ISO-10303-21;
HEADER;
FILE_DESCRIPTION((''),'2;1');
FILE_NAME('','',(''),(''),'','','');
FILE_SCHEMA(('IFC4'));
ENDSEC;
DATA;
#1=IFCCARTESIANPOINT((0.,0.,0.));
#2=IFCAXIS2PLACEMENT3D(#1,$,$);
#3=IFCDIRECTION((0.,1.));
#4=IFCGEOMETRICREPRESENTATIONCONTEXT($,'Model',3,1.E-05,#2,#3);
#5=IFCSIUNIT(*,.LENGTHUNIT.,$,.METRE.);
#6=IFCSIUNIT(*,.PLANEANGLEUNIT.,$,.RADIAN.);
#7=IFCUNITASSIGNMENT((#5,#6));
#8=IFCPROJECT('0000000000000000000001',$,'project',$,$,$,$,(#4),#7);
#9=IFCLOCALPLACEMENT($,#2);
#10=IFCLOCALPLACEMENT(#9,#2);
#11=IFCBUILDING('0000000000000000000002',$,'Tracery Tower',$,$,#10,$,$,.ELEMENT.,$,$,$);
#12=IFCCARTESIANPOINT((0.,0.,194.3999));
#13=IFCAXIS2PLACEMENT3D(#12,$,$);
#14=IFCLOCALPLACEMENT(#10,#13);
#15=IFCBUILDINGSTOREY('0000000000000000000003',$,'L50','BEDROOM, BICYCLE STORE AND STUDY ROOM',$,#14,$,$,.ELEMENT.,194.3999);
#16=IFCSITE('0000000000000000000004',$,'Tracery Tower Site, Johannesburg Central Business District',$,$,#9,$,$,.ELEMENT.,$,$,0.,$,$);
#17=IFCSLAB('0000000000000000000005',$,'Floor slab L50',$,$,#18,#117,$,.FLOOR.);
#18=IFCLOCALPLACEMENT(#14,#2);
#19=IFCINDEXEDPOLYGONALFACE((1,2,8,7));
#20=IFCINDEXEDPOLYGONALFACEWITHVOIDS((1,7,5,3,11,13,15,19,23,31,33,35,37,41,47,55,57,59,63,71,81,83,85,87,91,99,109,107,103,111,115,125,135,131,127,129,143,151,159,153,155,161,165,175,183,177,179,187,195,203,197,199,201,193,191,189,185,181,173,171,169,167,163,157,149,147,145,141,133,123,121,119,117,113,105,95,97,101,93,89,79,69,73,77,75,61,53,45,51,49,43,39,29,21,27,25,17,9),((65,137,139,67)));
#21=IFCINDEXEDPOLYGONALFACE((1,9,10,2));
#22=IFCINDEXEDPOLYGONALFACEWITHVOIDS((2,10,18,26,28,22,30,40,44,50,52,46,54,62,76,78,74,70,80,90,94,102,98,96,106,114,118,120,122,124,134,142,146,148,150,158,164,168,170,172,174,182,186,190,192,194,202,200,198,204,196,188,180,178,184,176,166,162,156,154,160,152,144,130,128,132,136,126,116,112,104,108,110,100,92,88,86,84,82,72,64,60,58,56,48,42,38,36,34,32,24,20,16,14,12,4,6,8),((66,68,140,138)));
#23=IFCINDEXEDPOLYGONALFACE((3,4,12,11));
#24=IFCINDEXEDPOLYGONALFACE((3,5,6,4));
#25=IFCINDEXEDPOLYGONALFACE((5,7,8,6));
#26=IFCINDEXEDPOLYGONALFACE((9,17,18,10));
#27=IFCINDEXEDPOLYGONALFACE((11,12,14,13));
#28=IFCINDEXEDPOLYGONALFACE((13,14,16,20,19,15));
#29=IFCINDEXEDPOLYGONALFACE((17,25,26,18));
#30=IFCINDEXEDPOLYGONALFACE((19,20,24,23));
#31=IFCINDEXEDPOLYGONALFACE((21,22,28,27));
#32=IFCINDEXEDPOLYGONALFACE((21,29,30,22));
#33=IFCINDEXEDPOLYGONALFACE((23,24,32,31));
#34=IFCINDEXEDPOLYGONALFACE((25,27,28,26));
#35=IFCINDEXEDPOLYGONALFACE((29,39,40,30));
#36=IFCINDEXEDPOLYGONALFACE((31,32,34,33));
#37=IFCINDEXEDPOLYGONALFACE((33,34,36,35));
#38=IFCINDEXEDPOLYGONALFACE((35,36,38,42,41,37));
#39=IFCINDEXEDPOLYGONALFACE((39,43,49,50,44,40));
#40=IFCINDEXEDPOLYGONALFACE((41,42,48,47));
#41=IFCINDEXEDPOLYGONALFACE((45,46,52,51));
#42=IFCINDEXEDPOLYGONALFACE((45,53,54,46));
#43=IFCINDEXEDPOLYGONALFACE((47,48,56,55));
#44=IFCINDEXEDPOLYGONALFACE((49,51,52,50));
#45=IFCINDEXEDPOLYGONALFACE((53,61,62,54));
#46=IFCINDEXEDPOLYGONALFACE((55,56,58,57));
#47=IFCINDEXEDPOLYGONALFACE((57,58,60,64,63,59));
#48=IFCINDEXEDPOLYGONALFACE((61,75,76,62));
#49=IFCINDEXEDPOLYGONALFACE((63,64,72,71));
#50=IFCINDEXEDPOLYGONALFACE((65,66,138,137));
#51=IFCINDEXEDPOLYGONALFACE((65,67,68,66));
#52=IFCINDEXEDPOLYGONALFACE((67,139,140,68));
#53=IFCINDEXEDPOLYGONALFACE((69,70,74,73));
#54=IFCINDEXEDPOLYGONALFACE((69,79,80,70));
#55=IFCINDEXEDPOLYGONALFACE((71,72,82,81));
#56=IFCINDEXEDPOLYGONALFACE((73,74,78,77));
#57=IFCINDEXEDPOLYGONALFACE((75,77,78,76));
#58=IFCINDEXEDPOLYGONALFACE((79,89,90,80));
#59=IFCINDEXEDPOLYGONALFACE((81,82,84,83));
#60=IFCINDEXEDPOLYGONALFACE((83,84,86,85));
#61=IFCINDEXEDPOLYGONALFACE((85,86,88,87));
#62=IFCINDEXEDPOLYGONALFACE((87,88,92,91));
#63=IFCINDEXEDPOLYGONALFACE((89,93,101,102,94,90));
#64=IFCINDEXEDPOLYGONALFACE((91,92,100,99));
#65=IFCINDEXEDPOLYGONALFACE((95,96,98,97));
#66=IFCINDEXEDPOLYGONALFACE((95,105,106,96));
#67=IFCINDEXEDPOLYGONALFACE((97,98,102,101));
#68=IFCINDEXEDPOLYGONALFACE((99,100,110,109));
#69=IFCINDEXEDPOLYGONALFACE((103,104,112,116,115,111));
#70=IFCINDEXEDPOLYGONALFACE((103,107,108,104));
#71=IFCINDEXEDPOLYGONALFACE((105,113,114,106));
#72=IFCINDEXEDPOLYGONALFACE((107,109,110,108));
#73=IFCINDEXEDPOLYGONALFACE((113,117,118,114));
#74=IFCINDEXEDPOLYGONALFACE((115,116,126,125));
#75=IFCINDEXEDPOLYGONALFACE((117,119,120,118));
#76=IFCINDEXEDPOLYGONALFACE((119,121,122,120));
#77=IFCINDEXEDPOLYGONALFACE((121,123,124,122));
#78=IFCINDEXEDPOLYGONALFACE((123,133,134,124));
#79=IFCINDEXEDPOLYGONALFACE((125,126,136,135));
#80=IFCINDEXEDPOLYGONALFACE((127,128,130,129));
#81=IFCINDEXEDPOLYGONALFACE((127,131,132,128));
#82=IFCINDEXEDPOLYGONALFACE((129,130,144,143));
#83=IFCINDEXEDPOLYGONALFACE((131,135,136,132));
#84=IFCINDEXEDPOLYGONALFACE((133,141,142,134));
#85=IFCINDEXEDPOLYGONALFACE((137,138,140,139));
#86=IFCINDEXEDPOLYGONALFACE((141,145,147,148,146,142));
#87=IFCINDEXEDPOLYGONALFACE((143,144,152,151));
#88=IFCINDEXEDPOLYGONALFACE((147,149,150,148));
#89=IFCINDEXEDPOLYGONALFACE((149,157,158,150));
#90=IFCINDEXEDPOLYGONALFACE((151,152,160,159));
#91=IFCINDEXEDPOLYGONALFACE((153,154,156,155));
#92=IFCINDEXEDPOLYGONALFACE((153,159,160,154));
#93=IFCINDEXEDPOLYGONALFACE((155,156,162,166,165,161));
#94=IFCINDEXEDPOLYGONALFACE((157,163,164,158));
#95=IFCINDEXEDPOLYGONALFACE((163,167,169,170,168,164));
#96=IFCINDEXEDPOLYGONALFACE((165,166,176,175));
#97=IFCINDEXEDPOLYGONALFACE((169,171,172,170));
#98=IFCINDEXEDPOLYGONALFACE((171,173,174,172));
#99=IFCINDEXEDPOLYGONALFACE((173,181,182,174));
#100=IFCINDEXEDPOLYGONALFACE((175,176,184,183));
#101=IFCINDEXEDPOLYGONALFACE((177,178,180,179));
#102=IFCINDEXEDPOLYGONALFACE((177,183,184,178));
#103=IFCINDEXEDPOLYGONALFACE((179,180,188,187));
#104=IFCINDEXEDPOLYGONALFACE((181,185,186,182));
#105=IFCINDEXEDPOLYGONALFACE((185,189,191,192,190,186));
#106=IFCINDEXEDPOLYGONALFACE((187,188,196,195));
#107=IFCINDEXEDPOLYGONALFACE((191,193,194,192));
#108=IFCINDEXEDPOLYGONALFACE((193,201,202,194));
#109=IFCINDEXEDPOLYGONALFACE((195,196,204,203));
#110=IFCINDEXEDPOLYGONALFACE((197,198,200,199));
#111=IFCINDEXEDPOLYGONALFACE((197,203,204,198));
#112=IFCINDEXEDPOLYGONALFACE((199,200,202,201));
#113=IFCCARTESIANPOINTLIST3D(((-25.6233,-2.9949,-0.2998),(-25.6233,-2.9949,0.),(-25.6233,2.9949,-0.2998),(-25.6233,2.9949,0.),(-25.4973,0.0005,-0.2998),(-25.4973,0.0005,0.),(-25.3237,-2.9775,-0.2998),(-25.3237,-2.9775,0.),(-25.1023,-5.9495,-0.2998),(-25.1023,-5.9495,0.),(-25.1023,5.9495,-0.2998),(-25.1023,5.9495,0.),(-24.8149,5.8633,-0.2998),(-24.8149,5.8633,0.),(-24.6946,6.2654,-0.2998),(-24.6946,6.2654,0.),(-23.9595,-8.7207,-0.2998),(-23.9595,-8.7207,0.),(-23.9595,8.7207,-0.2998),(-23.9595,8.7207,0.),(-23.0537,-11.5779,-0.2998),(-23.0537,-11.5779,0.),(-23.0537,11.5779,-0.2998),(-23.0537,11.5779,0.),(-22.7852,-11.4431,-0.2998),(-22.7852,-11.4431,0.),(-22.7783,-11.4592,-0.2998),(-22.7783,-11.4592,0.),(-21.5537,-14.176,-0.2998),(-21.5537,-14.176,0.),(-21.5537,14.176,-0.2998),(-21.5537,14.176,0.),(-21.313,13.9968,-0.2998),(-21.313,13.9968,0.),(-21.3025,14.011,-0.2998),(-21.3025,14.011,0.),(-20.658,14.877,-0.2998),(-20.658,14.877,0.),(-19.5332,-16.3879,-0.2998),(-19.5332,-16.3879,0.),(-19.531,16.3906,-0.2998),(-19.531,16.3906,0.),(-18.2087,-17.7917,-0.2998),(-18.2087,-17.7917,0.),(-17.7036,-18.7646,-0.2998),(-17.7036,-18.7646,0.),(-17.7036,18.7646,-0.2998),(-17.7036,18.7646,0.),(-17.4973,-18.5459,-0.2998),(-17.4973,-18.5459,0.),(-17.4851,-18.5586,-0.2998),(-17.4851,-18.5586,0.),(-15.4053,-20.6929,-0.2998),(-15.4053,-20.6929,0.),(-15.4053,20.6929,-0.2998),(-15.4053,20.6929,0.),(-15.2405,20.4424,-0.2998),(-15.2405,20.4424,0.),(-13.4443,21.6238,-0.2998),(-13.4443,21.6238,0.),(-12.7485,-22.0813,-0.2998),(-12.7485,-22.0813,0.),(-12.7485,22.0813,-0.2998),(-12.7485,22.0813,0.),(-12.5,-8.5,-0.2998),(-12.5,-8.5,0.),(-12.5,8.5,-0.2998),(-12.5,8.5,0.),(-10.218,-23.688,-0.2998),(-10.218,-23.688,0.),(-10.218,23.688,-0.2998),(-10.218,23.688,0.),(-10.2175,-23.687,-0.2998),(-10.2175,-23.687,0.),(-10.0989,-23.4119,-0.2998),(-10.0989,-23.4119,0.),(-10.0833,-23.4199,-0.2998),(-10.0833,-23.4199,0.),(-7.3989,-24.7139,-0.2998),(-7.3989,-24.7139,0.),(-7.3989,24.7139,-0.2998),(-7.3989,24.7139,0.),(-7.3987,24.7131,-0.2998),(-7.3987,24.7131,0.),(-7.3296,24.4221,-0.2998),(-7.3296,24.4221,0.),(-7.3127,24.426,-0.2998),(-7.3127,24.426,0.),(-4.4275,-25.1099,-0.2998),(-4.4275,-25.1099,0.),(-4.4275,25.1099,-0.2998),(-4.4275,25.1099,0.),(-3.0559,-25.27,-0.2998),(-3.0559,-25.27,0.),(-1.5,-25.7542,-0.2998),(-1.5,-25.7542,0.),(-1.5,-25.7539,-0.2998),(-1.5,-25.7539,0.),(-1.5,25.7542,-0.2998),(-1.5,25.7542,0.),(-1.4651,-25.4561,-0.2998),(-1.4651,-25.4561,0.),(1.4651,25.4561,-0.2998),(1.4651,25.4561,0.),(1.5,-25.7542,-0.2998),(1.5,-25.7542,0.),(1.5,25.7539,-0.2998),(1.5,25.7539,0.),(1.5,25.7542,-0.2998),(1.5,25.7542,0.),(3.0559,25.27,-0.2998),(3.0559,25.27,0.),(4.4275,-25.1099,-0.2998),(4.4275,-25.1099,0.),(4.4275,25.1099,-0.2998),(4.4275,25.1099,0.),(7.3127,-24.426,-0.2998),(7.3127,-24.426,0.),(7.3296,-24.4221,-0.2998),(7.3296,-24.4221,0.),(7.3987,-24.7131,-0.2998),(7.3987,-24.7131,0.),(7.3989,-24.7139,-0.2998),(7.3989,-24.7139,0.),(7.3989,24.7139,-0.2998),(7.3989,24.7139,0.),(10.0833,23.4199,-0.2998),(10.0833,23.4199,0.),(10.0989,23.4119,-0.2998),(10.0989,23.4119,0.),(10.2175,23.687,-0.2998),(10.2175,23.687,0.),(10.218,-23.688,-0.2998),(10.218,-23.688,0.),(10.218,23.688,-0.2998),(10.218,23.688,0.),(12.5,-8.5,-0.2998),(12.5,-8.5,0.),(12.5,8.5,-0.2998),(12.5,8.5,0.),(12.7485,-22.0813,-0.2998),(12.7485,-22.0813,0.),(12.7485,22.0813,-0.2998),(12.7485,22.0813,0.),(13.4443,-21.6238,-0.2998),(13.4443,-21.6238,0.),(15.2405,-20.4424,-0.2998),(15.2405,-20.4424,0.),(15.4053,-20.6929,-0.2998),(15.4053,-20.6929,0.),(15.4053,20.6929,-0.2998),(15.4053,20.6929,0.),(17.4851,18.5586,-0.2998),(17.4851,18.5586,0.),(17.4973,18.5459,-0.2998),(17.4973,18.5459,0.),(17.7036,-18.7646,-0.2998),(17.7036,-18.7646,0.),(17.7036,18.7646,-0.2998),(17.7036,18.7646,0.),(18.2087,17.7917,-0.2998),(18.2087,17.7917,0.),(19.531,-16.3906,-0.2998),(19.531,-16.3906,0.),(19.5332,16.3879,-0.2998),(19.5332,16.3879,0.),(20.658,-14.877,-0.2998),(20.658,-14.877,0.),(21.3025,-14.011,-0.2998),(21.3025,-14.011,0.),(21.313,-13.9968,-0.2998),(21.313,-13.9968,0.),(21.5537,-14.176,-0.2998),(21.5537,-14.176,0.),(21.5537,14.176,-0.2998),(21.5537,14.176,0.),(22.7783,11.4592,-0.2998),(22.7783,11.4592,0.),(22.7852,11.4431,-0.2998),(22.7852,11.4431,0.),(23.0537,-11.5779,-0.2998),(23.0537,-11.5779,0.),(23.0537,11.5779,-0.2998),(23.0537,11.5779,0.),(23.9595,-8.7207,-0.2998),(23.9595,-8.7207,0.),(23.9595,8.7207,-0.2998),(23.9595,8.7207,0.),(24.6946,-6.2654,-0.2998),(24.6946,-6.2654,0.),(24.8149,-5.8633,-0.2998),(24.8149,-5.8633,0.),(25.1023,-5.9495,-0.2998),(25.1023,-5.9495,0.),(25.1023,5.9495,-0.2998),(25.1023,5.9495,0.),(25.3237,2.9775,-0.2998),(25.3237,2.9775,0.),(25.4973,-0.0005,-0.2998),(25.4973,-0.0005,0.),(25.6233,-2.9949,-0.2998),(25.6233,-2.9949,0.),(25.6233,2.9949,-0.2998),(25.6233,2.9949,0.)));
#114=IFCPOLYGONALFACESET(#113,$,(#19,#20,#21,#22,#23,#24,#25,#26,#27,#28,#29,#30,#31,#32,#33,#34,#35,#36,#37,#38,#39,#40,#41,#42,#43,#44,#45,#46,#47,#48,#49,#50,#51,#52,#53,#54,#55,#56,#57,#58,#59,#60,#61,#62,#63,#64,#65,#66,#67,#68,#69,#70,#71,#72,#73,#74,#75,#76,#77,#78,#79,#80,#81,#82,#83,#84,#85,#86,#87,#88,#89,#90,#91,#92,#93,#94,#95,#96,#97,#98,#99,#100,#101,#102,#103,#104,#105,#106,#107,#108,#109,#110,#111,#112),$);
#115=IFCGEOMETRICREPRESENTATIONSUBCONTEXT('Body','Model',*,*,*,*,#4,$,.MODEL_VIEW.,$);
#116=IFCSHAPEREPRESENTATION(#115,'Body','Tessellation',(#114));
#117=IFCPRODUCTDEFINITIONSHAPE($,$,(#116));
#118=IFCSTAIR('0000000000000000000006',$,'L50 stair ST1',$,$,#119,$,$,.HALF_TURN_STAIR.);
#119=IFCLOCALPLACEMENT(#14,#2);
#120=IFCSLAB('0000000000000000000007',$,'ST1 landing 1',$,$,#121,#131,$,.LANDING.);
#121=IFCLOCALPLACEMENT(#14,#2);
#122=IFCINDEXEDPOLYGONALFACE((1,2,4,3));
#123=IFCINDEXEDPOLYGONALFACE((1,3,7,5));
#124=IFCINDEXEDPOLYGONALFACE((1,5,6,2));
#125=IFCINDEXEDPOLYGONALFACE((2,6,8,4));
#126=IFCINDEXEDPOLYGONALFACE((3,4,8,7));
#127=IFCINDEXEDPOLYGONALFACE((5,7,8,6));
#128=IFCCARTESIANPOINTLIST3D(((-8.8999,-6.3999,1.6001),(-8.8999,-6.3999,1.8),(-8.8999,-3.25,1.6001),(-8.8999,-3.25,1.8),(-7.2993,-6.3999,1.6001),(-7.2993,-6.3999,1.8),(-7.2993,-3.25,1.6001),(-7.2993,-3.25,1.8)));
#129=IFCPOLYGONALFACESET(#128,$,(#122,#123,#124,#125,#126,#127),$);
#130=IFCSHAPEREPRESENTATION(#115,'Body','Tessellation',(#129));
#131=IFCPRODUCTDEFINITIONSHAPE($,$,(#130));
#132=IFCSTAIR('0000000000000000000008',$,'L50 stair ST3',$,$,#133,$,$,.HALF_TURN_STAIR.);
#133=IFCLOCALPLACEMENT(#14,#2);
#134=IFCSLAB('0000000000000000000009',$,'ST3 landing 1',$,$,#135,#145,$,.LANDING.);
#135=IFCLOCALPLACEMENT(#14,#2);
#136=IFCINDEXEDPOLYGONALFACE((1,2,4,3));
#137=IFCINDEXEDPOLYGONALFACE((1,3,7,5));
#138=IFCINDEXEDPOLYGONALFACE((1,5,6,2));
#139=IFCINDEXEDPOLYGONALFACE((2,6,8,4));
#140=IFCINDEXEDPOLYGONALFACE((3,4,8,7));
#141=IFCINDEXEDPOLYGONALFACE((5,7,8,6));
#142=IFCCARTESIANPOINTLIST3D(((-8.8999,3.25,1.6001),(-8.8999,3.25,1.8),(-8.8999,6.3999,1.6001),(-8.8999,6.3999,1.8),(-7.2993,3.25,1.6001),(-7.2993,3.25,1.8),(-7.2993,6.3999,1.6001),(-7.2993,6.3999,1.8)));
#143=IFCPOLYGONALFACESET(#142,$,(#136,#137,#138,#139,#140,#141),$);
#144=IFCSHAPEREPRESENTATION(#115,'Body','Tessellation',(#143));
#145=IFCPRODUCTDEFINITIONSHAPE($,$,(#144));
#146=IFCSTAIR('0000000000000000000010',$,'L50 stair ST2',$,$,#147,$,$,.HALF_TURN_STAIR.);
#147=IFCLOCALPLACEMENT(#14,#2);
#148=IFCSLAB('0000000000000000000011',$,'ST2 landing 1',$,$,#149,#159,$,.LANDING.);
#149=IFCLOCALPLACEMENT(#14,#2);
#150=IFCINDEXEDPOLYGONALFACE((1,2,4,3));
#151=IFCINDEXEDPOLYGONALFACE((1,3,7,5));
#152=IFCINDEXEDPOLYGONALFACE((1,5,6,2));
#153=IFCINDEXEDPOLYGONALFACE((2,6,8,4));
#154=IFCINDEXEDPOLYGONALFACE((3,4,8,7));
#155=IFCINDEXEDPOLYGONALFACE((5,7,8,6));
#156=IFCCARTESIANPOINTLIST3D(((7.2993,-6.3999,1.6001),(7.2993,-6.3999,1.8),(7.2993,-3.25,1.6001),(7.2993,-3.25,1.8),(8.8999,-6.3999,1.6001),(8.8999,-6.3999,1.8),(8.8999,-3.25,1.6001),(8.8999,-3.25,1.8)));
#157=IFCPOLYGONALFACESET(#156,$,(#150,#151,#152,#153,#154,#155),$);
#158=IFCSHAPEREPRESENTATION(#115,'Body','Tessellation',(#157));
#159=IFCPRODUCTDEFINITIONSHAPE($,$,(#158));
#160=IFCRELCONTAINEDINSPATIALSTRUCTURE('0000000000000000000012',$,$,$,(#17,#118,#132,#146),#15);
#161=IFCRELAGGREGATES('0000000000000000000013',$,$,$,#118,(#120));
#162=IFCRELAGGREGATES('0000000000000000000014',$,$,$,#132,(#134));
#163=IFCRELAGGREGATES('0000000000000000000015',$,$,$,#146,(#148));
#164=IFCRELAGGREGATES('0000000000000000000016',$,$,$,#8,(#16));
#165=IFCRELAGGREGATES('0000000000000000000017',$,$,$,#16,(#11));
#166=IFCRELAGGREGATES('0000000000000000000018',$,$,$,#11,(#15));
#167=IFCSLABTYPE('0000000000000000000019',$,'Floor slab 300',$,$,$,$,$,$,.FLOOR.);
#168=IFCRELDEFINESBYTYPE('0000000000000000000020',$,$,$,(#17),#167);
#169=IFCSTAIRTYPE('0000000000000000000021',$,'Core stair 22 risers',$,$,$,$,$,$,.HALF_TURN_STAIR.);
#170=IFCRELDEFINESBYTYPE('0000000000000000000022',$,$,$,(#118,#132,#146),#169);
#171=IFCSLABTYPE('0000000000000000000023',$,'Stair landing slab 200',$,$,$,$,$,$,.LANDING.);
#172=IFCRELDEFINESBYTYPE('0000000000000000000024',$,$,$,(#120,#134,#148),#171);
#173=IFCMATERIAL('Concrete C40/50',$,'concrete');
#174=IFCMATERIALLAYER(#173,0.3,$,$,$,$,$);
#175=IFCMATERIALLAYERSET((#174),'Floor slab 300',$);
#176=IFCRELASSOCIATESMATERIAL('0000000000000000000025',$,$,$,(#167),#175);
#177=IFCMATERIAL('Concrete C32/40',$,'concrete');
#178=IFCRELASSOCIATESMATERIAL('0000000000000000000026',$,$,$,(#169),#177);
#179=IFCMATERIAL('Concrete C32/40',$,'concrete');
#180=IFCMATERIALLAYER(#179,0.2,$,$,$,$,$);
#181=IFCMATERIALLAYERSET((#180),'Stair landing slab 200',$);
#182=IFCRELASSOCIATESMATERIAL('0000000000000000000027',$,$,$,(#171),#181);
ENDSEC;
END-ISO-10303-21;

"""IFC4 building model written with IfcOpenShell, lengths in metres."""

from ifc_helpers import new_model, si_unit, direction, frame, origin, place, context, subcontext, project, spatial, polyline, outline, extrude, material, layer, layer_set, type_object, element, aggregate, save


model = new_model("IFC4")

# Units and contexts
model_context = context("Model", 3, precision=1e-05, world=origin(), true_north=direction((0.0, 1.0)))
body_context = subcontext(model_context, "Body", "Model", "MODEL_VIEW")
ifc_project = project(units=[si_unit("LENGTHUNIT", "METRE"), si_unit("PLANEANGLEUNIT", "RADIAN")], contexts=[model_context])

# Site, building, storey
site_placement = place(None, origin())
site = spatial("IfcSite", under=ifc_project, at=site_placement, Name="Tracery Tower Site, Johannesburg Central Business District", CompositionType="ELEMENT", RefElevation=0.0)
building_placement = place(site_placement, origin())
building = spatial("IfcBuilding", under=site, at=building_placement, Name="Tracery Tower", CompositionType="ELEMENT")
storey_placement = place(building_placement, frame((0.0, 0.0, 194.3999)))
storey = spatial("IfcBuildingStorey", under=building, at=storey_placement, Name="L50", Description="BEDROOM, BICYCLE STORE AND STUDY ROOM", CompositionType="ELEMENT", Elevation=194.3999)

# Slab
ifc_material_1 = material(Name="Concrete C40/50", Category="concrete")
ifc_layer_1 = layer(ifc_material_1, 0.3)
ifc_layer_set_1 = layer_set([ifc_layer_1], Name="Floor slab 300")
slab_type_1 = type_object("IfcSlabType", Name="Floor slab 300", PredefinedType="FLOOR", material=ifc_layer_set_1)
slab_1_placement = place(storey_placement, frame((0.0, 0.0, -0.2998)))
element("IfcSlab", 1, at=slab_1_placement, inside=storey, type_object=slab_type_1, Name="Floor slab L50", PredefinedType="FLOOR", context=body_context, shape_type="SweptSolid", body=[
    extrude(outline(polyline([(22.7852, 11.4431), (22.7783, 11.4592), (23.0537, 11.5779), (21.5537, 14.176), (19.5332, 16.3879), (18.2087, 17.7917), (17.4973, 18.5459), (17.4973, 18.5459), (17.4851, 18.5586), (17.7036, 18.7646), (15.4053, 20.6929), (12.7485, 22.0813), (10.0989, 23.4119), (10.0989, 23.4119), (10.0833, 23.4199), (10.2175, 23.687), (10.218, 23.688), (7.3989, 24.7139), (4.4275, 25.1099), (3.0559, 25.27), (1.4651, 25.4561), (1.5, 25.7539), (1.5, 25.7542), (-1.5, 25.7542), (-4.4275, 25.1099), (-7.3127, 24.426), (-7.3127, 24.426), (-7.3296, 24.4221), (-7.3987, 24.7131), (-7.3989, 24.7139), (-10.218, 23.688), (-12.7485, 22.0813), (-13.4443, 21.6238), (-15.2405, 20.4424), (-15.4053, 20.6929), (-15.4053, 20.6929), (-17.7036, 18.7646), (-19.531, 16.3906), (-20.658, 14.877), (-21.3025, 14.011), (-21.3025, 14.011), (-21.313, 13.9968), (-21.5537, 14.176), (-23.0537, 11.5779), (-23.9595, 8.7207), (-24.6946, 6.2654), (-24.8149, 5.8633), (-25.1023, 5.9495), (-25.6233, 2.9949), (-25.4973, 0.0005), (-25.3237, -2.9775), (-25.6233, -2.9949), (-25.1023, -5.9495), (-23.9595, -8.7207), (-22.7852, -11.4431), (-22.7852, -11.4431), (-22.7783, -11.4592), (-23.0537, -11.5779), (-21.5537, -14.176), (-19.5332, -16.3879), (-18.2087, -17.7917), (-17.4973, -18.5459), (-17.4973, -18.5459), (-17.4851, -18.5586), (-17.7036, -18.7646), (-15.4053, -20.6929), (-12.7485, -22.0813), (-10.0989, -23.4119), (-10.0989, -23.4119), (-10.0833, -23.4199), (-10.2175, -23.687), (-10.218, -23.688), (-7.3989, -24.7139), (-4.4275, -25.1099), (-3.0559, -25.27), (-1.4651, -25.4561), (-1.5, -25.7539), (-1.5, -25.7542), (1.5, -25.7542), (4.4275, -25.1099), (7.3127, -24.426), (7.3127, -24.426), (7.3296, -24.4221), (7.3987, -24.7131), (7.3989, -24.7139), (10.218, -23.688), (12.7485, -22.0813), (13.4443, -21.6238), (15.2405, -20.4424), (15.4053, -20.6929), (15.4053, -20.6929), (17.7036, -18.7646), (19.531, -16.3906), (20.658, -14.877), (21.3025, -14.011), (21.3025, -14.011), (21.313, -13.9968), (21.5537, -14.176), (23.0537, -11.5779), (23.9595, -8.7207), (24.6946, -6.2654), (24.8149, -5.8633), (25.1023, -5.9495), (25.6233, -2.9949), (25.4973, -0.0005), (25.3237, 2.9775), (25.6233, 2.9949), (25.1023, 5.9495), (23.9595, 8.7207), (22.7852, 11.4431), (22.7852, 11.4431)]), holes=[polyline([(-12.5, -8.5), (12.5, -8.5), (12.5, 8.5), (-12.5, 8.5), (-12.5, -8.5)])]), origin(), (0.0, 0.0, 1.0), 0.2998),
])

# Stairs, slabs
ifc_material_2 = material(Name="Concrete C32/40", Category="concrete")
stair_type = type_object("IfcStairType", Name="Core stair 22 risers", PredefinedType="HALF_TURN_STAIR", material=ifc_material_2)
stair_1_placement = place(storey_placement, origin())
stair_1 = element("IfcStair", 2, at=stair_1_placement, inside=storey, type_object=stair_type, Name="L50 stair ST1", PredefinedType="HALF_TURN_STAIR")
ifc_material_3 = material(Name="Concrete C32/40", Category="concrete")
ifc_layer_2 = layer(ifc_material_3, 0.2)
ifc_layer_set_2 = layer_set([ifc_layer_2], Name="Stair landing slab 200")
slab_type_2 = type_object("IfcSlabType", Name="Stair landing slab 200", PredefinedType="LANDING", material=ifc_layer_set_2)
slab_2_placement = place(storey_placement, frame((0.0, 0.0, 1.6001)))
slab_2 = element("IfcSlab", 3, at=slab_2_placement, type_object=slab_type_2, Name="ST1 landing 1", PredefinedType="LANDING", context=body_context, shape_type="SweptSolid", body=[
    extrude(outline(polyline([(-7.2993, -3.25), (-8.8999, -3.25), (-8.8999, -6.3999), (-7.2993, -6.3999), (-7.2993, -3.25)])), origin(), (0.0, 0.0, 1.0), 0.2),
])
aggregate(stair_1, [slab_2])
stair_2_placement = place(storey_placement, origin())
stair_2 = element("IfcStair", 4, at=stair_2_placement, inside=storey, type_object=stair_type, Name="L50 stair ST3", PredefinedType="HALF_TURN_STAIR")
slab_3_placement = place(storey_placement, frame((0.0, 0.0, 1.6001)))
slab_3 = element("IfcSlab", 5, at=slab_3_placement, type_object=slab_type_2, Name="ST3 landing 1", PredefinedType="LANDING", context=body_context, shape_type="SweptSolid", body=[
    extrude(outline(polyline([(-7.2993, 6.3999), (-8.8999, 6.3999), (-8.8999, 3.25), (-7.2993, 3.25), (-7.2993, 6.3999)])), origin(), (0.0, 0.0, 1.0), 0.2),
])
aggregate(stair_2, [slab_3])
stair_3_placement = place(storey_placement, origin())
stair_3 = element("IfcStair", 6, at=stair_3_placement, inside=storey, type_object=stair_type, Name="L50 stair ST2", PredefinedType="HALF_TURN_STAIR")
slab_4_placement = place(storey_placement, frame((0.0, 0.0, 1.6001)))
slab_4 = element("IfcSlab", 7, at=slab_4_placement, type_object=slab_type_2, Name="ST2 landing 1", PredefinedType="LANDING", context=body_context, shape_type="SweptSolid", body=[
    extrude(outline(polyline([(7.2993, -6.3999), (8.8999, -6.3999), (8.8999, -3.25), (7.2993, -3.25), (7.2993, -6.3999)])), origin(), (0.0, 0.0, 1.0), 0.2),
])
aggregate(stair_3, [slab_4])

save(model, "model.ifc")
